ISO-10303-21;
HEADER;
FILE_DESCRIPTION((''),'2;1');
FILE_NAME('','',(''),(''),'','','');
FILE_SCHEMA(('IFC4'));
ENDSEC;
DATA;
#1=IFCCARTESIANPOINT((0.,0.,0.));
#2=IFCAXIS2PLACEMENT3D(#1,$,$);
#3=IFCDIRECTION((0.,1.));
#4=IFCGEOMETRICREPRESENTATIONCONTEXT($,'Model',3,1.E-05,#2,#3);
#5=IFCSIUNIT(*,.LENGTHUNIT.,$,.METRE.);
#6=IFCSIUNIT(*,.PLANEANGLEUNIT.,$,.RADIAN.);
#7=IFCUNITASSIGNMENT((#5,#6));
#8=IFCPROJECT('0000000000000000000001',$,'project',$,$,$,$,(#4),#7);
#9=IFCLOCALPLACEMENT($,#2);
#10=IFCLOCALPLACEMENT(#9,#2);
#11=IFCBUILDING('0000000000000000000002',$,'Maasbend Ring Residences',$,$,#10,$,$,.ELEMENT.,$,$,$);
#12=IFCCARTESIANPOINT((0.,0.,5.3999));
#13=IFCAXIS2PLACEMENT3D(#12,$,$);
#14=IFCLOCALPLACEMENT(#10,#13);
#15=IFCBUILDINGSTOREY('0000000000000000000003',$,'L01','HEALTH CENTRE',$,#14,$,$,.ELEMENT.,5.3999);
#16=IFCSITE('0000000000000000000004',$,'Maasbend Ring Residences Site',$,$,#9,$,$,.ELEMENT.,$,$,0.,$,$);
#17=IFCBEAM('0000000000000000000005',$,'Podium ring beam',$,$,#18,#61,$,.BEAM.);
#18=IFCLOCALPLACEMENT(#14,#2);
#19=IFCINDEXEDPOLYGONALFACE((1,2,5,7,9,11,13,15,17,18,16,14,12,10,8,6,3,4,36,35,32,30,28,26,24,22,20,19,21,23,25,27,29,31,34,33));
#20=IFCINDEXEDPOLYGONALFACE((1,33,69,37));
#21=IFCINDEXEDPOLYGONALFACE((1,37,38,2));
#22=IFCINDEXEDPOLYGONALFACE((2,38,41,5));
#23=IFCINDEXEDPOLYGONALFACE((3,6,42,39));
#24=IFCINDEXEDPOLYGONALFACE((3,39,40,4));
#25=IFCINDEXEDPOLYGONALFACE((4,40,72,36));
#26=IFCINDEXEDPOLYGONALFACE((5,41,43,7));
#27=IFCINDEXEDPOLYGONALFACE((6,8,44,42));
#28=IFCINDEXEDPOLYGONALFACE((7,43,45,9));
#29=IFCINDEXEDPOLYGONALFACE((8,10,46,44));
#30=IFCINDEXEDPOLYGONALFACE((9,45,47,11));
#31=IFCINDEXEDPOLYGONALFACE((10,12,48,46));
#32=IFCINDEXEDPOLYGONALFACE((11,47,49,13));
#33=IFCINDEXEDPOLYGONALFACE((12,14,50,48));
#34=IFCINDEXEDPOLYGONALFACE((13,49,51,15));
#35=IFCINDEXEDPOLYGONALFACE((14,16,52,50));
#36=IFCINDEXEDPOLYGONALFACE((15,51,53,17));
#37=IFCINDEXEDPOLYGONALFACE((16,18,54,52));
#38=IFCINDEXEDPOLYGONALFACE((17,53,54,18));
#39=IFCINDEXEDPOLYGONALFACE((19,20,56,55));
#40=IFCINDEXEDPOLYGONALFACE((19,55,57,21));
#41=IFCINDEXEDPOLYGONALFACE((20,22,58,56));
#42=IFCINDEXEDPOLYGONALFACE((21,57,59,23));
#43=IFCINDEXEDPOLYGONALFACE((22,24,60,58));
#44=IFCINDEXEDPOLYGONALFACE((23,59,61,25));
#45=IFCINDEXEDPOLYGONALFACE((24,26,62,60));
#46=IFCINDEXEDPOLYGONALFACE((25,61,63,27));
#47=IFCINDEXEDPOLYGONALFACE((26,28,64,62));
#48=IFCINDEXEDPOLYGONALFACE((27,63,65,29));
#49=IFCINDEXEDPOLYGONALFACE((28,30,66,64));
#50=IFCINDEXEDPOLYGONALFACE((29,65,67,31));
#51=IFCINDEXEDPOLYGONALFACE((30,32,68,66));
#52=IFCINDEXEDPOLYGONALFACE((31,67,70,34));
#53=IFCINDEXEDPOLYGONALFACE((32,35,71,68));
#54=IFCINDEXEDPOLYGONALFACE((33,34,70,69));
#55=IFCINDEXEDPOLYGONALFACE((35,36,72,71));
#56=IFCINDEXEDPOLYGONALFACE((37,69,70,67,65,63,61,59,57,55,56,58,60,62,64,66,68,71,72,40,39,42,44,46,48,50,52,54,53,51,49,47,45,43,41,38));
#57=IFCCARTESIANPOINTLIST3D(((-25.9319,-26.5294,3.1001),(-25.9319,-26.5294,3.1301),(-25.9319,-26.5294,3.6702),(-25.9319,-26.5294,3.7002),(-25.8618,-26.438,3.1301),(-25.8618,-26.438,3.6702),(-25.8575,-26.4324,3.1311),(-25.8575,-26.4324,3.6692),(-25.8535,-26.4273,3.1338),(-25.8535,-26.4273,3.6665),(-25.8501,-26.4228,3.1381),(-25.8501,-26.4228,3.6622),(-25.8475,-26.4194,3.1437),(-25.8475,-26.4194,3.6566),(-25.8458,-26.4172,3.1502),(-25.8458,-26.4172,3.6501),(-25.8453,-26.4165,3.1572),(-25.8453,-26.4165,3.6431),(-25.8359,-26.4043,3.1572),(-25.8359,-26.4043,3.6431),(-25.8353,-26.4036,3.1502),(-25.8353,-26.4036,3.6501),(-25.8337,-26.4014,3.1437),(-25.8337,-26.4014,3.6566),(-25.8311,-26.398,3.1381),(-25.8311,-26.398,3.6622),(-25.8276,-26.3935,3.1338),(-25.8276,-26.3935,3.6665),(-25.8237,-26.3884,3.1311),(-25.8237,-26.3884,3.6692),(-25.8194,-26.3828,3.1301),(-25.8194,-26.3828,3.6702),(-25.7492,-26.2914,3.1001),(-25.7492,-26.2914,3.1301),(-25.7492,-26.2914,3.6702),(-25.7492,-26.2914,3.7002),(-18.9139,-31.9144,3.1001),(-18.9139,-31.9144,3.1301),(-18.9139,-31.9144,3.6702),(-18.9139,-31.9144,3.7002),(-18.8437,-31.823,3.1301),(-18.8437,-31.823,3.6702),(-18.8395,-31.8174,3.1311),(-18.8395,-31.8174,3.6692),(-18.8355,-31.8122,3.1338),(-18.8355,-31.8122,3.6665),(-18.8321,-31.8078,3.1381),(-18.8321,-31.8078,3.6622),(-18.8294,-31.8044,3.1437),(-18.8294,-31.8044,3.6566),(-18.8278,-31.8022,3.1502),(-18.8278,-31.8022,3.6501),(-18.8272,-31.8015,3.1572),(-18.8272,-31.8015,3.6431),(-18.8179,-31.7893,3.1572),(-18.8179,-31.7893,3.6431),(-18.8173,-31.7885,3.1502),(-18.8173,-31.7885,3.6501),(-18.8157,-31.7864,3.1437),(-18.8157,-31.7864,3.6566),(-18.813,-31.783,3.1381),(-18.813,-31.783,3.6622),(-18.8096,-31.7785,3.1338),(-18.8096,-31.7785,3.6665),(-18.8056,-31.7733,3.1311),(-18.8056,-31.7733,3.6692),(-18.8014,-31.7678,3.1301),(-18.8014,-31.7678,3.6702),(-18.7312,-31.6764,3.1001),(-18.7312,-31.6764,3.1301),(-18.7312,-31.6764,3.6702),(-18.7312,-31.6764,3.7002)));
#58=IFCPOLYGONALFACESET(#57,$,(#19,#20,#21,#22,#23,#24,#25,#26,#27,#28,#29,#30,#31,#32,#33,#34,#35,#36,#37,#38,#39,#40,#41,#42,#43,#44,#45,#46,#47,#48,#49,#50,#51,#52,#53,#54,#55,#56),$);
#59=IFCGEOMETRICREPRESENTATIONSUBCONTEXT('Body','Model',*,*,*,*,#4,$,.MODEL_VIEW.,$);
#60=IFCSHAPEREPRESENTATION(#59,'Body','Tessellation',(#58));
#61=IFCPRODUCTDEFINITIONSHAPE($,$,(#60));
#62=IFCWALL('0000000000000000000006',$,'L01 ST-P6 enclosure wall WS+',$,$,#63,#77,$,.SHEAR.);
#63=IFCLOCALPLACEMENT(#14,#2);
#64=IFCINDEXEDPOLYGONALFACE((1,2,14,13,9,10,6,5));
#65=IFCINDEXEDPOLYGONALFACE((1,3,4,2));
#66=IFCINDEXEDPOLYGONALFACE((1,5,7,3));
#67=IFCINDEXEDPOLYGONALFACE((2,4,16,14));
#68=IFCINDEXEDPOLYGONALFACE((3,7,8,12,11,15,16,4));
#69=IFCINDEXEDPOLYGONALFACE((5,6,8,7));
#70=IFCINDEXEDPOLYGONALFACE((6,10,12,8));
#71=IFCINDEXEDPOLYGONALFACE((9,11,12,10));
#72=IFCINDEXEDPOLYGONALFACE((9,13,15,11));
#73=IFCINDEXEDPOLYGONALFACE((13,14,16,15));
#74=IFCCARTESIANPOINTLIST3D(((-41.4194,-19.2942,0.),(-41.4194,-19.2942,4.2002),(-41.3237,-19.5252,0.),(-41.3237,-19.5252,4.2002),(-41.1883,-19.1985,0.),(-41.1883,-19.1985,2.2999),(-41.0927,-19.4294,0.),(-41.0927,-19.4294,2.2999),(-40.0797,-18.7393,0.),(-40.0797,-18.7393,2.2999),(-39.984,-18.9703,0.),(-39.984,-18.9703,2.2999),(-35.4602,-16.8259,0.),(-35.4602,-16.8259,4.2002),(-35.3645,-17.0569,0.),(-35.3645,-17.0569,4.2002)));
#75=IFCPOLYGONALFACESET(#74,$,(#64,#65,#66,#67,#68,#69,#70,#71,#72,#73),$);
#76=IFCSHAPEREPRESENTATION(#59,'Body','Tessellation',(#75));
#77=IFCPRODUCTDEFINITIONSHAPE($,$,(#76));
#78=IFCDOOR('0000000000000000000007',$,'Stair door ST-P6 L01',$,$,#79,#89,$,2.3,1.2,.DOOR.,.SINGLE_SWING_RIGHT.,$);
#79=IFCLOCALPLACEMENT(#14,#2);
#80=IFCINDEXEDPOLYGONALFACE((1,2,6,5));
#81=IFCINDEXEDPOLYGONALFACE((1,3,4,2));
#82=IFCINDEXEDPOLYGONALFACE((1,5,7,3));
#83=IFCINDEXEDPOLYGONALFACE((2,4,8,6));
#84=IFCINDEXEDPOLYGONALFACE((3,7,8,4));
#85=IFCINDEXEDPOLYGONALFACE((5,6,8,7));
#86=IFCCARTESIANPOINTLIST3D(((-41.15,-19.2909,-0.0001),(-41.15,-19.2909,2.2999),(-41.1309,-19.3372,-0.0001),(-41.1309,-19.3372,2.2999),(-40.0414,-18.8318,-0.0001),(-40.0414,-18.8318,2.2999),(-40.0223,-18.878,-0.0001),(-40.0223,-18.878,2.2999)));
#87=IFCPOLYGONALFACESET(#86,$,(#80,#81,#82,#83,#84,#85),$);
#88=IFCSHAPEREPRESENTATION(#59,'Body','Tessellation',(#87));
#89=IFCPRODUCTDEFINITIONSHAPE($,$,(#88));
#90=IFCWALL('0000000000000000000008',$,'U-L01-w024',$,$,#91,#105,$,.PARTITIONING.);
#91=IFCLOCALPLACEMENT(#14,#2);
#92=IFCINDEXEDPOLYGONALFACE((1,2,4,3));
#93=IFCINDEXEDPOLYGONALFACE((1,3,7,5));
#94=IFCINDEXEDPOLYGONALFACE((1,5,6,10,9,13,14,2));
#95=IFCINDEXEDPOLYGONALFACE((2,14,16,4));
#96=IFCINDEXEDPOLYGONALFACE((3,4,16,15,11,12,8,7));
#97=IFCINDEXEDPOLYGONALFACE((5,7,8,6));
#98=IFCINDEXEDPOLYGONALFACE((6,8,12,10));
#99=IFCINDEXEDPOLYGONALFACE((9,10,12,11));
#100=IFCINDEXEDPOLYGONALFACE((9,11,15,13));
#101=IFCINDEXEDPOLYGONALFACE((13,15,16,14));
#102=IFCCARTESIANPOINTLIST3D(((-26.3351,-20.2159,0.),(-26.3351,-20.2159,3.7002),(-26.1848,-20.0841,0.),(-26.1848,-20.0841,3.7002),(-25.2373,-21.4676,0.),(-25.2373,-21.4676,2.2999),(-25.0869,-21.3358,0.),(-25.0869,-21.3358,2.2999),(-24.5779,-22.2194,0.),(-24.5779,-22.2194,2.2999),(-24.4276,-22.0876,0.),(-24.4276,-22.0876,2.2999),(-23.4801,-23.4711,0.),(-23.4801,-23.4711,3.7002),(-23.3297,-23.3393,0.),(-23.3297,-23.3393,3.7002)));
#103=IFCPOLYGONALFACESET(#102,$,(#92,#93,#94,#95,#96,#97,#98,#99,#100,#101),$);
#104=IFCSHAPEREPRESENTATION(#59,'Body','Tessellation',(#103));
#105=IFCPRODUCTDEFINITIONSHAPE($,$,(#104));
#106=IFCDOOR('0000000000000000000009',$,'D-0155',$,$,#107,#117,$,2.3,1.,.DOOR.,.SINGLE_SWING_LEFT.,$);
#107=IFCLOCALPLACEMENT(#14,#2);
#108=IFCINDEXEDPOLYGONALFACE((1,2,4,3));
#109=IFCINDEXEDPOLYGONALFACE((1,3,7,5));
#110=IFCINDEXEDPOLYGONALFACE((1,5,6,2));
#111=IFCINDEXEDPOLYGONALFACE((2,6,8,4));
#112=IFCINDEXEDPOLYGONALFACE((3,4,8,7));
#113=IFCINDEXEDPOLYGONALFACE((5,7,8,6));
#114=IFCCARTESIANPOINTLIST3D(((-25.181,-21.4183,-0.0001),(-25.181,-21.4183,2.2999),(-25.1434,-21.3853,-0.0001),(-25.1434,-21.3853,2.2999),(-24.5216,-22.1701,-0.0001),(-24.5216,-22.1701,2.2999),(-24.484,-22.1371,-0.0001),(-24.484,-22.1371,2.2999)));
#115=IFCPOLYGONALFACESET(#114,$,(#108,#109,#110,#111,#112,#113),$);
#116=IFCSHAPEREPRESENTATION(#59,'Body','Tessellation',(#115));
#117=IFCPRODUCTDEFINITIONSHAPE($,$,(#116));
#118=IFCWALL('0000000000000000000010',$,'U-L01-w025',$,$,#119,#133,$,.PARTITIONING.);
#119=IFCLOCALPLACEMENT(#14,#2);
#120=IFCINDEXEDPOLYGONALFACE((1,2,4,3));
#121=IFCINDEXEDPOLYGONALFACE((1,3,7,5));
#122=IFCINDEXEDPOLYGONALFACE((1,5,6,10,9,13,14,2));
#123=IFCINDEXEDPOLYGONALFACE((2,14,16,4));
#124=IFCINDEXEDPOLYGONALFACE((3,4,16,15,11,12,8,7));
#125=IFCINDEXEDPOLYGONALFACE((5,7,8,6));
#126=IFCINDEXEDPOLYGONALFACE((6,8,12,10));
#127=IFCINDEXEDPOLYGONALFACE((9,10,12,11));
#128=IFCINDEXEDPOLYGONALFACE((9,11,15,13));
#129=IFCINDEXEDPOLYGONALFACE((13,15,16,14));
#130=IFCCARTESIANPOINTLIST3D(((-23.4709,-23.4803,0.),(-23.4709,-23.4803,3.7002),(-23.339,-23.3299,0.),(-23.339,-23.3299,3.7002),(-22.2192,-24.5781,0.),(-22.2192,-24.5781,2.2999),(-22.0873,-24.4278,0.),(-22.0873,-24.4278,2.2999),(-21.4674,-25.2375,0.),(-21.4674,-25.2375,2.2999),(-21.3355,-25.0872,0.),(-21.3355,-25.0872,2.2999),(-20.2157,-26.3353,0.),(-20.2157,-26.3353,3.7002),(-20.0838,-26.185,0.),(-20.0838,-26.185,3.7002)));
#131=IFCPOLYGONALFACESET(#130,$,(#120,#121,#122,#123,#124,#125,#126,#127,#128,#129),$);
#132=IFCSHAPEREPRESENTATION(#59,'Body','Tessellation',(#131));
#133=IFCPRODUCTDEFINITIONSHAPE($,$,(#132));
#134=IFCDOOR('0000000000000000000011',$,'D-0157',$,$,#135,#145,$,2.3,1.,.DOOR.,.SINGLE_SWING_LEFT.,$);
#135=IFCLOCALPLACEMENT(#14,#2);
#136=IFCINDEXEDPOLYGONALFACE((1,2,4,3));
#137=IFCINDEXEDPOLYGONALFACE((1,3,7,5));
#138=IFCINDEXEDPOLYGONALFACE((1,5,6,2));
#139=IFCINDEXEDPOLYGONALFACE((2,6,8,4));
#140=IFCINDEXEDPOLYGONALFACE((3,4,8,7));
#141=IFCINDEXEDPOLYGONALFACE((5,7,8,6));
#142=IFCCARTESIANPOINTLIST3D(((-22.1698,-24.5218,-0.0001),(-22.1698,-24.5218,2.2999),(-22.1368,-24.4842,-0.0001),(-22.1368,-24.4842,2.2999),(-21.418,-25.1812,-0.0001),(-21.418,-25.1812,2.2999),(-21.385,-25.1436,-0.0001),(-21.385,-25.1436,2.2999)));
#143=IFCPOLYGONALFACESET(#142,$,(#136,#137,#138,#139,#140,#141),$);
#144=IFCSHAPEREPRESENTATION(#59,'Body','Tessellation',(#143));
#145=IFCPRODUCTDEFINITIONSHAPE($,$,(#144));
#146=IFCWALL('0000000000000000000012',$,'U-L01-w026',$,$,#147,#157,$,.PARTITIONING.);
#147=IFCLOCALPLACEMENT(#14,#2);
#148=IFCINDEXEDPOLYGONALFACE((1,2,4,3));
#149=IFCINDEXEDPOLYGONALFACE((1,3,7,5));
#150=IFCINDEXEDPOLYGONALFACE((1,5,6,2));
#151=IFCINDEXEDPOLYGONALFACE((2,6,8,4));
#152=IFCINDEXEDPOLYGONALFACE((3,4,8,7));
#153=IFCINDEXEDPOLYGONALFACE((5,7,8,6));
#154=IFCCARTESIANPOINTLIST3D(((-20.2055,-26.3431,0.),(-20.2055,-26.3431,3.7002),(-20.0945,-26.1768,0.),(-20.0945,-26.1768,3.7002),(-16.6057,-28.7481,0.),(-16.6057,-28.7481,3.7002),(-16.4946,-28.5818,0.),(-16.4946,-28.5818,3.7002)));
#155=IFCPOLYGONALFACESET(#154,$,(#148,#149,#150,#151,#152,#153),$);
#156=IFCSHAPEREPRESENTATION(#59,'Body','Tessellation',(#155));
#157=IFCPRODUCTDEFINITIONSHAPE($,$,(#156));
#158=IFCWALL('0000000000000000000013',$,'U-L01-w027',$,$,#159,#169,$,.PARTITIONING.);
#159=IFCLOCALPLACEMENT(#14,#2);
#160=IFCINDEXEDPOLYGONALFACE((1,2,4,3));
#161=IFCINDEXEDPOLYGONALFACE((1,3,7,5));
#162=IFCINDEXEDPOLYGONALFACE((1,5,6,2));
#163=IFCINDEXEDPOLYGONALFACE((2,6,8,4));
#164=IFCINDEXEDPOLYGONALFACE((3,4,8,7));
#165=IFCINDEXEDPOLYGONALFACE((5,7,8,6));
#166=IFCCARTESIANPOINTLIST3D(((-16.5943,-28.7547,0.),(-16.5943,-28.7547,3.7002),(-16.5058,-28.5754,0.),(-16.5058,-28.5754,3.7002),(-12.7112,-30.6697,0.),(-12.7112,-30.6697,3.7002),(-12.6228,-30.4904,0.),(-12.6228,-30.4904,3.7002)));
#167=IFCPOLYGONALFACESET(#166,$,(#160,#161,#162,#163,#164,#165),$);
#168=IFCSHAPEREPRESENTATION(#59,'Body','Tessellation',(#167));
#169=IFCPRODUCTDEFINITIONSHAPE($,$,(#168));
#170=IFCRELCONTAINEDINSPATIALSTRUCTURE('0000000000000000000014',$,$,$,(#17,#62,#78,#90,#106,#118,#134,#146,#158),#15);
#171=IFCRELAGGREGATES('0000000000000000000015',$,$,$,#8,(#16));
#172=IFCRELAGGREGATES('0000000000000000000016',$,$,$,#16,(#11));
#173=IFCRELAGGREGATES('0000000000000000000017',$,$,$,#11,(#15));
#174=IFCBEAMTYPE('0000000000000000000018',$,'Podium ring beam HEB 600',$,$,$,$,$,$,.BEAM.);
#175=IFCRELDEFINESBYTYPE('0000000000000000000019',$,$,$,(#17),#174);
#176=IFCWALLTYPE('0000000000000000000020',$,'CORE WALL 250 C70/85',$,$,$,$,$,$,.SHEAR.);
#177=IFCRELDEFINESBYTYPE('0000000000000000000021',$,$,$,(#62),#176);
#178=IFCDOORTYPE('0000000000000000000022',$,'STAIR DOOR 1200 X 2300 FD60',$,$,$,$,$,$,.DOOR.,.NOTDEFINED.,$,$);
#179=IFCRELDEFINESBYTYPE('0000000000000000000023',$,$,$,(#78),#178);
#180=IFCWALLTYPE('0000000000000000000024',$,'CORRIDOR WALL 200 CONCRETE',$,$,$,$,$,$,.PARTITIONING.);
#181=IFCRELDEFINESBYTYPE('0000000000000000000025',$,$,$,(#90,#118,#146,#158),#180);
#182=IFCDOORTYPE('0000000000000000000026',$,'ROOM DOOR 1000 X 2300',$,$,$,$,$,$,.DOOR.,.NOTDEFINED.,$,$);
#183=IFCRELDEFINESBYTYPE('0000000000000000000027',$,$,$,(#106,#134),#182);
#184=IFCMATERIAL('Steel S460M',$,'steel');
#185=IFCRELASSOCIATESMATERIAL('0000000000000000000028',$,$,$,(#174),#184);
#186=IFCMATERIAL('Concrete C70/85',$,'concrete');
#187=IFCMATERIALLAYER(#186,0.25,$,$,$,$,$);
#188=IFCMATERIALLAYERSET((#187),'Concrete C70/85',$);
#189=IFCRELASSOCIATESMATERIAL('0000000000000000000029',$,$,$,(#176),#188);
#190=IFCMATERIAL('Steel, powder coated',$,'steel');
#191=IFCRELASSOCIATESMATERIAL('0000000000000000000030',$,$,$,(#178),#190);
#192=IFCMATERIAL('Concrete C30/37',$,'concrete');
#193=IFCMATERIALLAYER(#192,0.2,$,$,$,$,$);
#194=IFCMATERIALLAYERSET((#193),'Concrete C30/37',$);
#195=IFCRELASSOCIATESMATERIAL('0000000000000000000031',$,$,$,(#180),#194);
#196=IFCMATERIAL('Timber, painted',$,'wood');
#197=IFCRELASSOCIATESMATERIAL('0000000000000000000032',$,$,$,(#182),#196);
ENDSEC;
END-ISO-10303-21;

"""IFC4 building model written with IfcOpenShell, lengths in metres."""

from ifc_helpers import new_model, si_unit, direction, frame, frame_2d, origin, origin_2d, place, context, subcontext, project, spatial, rectangle, i_section, extrude, material, layer, layer_set, material_profile, profile_set, type_object, element, fill, save


model = new_model("IFC4")

# Units and contexts
model_context = context("Model", 3, precision=1e-05, world=origin(), true_north=direction((0.0, 1.0)))
body_context = subcontext(model_context, "Body", "Model", "MODEL_VIEW")
ifc_project = project(units=[si_unit("LENGTHUNIT", "METRE"), si_unit("PLANEANGLEUNIT", "RADIAN")], contexts=[model_context])

# Site, building, storey
site_placement = place(None, origin())
site = spatial("IfcSite", under=ifc_project, at=site_placement, Name="Maasbend Ring Residences Site", CompositionType="ELEMENT", RefElevation=0.0)
building_placement = place(site_placement, origin())
building = spatial("IfcBuilding", under=site, at=building_placement, Name="Maasbend Ring Residences", CompositionType="ELEMENT")
storey_placement = place(building_placement, frame((0.0, 0.0, 5.3999)))
storey = spatial("IfcBuildingStorey", under=building, at=storey_placement, Name="L01", Description="HEALTH CENTRE", CompositionType="ELEMENT", Elevation=5.3999)

# Beam
ifc_material_1 = material(Name="Steel S460M", Category="steel")
ifc_material_profile_1 = material_profile(ifc_material_1, i_section(OverallWidth=0.3, OverallDepth=0.6001, WebThickness=0.0154, FlangeThickness=0.03, FilletRadius=0.0271, at=origin_2d()), Name="HEB 600")
ifc_profile_set_1 = profile_set([ifc_material_profile_1], Name="Steel S460M")
beam_type_1 = type_object("IfcBeamType", Name="Podium ring beam HEB 600", PredefinedType="BEAM", material=ifc_profile_set_1)
for number, where, z_axis, x_axis, name in (
    (1, (-25.8406, -26.4104, 3.4001), (0.793361, -0.608751, 0.0), (0.608751, 0.793361, 0.0), "Podium ring beam"),
):
    element("IfcBeam", number, at=place(storey_placement, frame(where, z_axis=z_axis, x_axis=x_axis)), inside=storey, type_object=beam_type_1, Name=name, PredefinedType="BEAM", context=body_context, shape_type="SweptSolid", body=[
        extrude(i_section(OverallWidth=0.3, OverallDepth=0.6001, WebThickness=0.0154, FlangeThickness=0.03, FilletRadius=0.0271, at=origin_2d()), origin(), (0.0, 0.0, 1.0), 8.8459),
    ])

# Walls, openings, doors
ifc_material_2 = material(Name="Concrete C70/85", Category="concrete")
ifc_layer_1 = layer(ifc_material_2, 0.25)
ifc_layer_set_1 = layer_set([ifc_layer_1], Name="Concrete C70/85")
wall_type_1 = type_object("IfcWallType", Name="CORE WALL 250 C70/85", PredefinedType="SHEAR", material=ifc_layer_set_1)
wall_1_placement = place(storey_placement, frame((-41.3716, -19.4097, 0.0), z_axis=(0.0, 0.0, 1.0), x_axis=(0.923887, 0.382666, 0.0)))
wall_1 = element("IfcWall", 2, at=wall_1_placement, inside=storey, type_object=wall_type_1, Name="L01 ST-P6 enclosure wall WS+", PredefinedType="SHEAR", context=body_context, shape_type="SweptSolid", body=[
    extrude(rectangle(XDim=6.4502, YDim=0.25, at=frame_2d((3.2251, 0.0))), origin(), (0.0, 0.0, 1.0), 4.2002),
])
opening_1_placement = place(wall_1_placement, frame((0.25, 0.0, 0.0)))
opening_1 = element("IfcOpeningElement", 3, at=opening_1_placement, cuts=wall_1, PredefinedType="OPENING", context=body_context, shape_type="SweptSolid", body=[
    extrude(rectangle(XDim=1.2, YDim=2.3, at=frame_2d((0.6001, 1.1499))), frame((0.0, 0.135, 0.0), z_axis=(0.0, -1.0, 0.0), x_axis=(1.0, 0.0, 0.0)), (0.0, 0.0, 1.0), 0.27),
])
ifc_material_3 = material(Name="Steel, powder coated", Category="steel")
door_type_1 = type_object("IfcDoorType", Name="STAIR DOOR 1200 X 2300 FD60", OperationType="NOTDEFINED", PredefinedType="DOOR", material=ifc_material_3)
door_1_placement = place(opening_1_placement, origin())
door_1 = element("IfcDoor", 4, at=door_1_placement, inside=storey, type_object=door_type_1, Name="Stair door ST-P6 L01", OperationType="SINGLE_SWING_RIGHT", OverallHeight=2.3, OverallWidth=1.2, PredefinedType="DOOR", context=body_context, shape_type="SweptSolid", body=[
    extrude(rectangle(XDim=1.2, YDim=2.3, at=frame_2d((0.6001, 1.1499))), frame((0.0, 0.0249, 0.0), z_axis=(0.0, -1.0, 0.0), x_axis=(1.0, 0.0, 0.0)), (0.0, 0.0, 1.0), 0.05),
])
fill(opening_1, door_1)
ifc_material_4 = material(Name="Concrete C30/37", Category="concrete")
ifc_layer_2 = layer(ifc_material_4, 0.2)
ifc_layer_set_2 = layer_set([ifc_layer_2], Name="Concrete C30/37")
wall_type_2 = type_object("IfcWallType", Name="CORRIDOR WALL 200 CONCRETE", PredefinedType="PARTITIONING", material=ifc_layer_set_2)
wall_2_placement = place(storey_placement, frame((-26.26, -20.1499, 0.0), z_axis=(0.0, 0.0, 1.0), x_axis=(0.659386, -0.751804, 0.0)))
wall_2 = element("IfcWall", 5, at=wall_2_placement, inside=storey, type_object=wall_type_2, Name="U-L01-w024", PredefinedType="PARTITIONING", context=body_context, shape_type="SweptSolid", body=[
    extrude(rectangle(XDim=4.3298, YDim=0.2, at=frame_2d((2.165, 0.0))), origin(), (0.0, 0.0, 1.0), 3.7002),
])
opening_2_placement = place(wall_2_placement, frame((1.665, 0.0, 0.0)))
opening_2 = element("IfcOpeningElement", 6, at=opening_2_placement, cuts=wall_2, PredefinedType="OPENING", context=body_context, shape_type="SweptSolid", body=[
    extrude(rectangle(XDim=1.0, YDim=2.3, at=frame_2d((0.5, 1.1499))), frame((0.0, 0.1099, 0.0), z_axis=(0.0, -1.0, 0.0), x_axis=(1.0, 0.0, 0.0)), (0.0, 0.0, 1.0), 0.22),
])
ifc_material_5 = material(Name="Timber, painted", Category="wood")
door_type_2 = type_object("IfcDoorType", Name="ROOM DOOR 1000 X 2300", OperationType="NOTDEFINED", PredefinedType="DOOR", material=ifc_material_5)
door_2_placement = place(opening_2_placement, origin())
door_2 = element("IfcDoor", 7, at=door_2_placement, inside=storey, type_object=door_type_2, Name="D-0155", OperationType="SINGLE_SWING_LEFT", OverallHeight=2.3, OverallWidth=1.0, PredefinedType="DOOR", context=body_context, shape_type="SweptSolid", body=[
    extrude(rectangle(XDim=1.0, YDim=2.3, at=frame_2d((0.5, 1.1499))), frame((0.0, 0.0249, 0.0), z_axis=(0.0, -1.0, 0.0), x_axis=(1.0, 0.0, 0.0)), (0.0, 0.0, 1.0), 0.05),
])
fill(opening_2, door_2)
wall_3_placement = place(storey_placement, frame((-23.405, -23.405, 0.0), z_axis=(0.0, 0.0, 1.0), x_axis=(0.751804, -0.659386, 0.0)))
wall_3 = element("IfcWall", 8, at=wall_3_placement, inside=storey, type_object=wall_type_2, Name="U-L01-w025", PredefinedType="PARTITIONING", context=body_context, shape_type="SweptSolid", body=[
    extrude(rectangle(XDim=4.3298, YDim=0.2, at=frame_2d((2.165, 0.0))), origin(), (0.0, 0.0, 1.0), 3.7002),
])
opening_3_placement = place(wall_3_placement, frame((1.665, 0.0, 0.0)))
opening_3 = element("IfcOpeningElement", 9, at=opening_3_placement, cuts=wall_3, PredefinedType="OPENING", context=body_context, shape_type="SweptSolid", body=[
    extrude(rectangle(XDim=1.0, YDim=2.3, at=frame_2d((0.5, 1.1499))), frame((0.0, 0.1099, 0.0), z_axis=(0.0, -1.0, 0.0), x_axis=(1.0, 0.0, 0.0)), (0.0, 0.0, 1.0), 0.22),
])
door_3_placement = place(opening_3_placement, origin())
door_3 = element("IfcDoor", 10, at=door_3_placement, inside=storey, type_object=door_type_2, Name="D-0157", OperationType="SINGLE_SWING_LEFT", OverallHeight=2.3, OverallWidth=1.0, PredefinedType="DOOR", context=body_context, shape_type="SweptSolid", body=[
    extrude(rectangle(XDim=1.0, YDim=2.3, at=frame_2d((0.5, 1.1499))), frame((0.0, 0.0249, 0.0), z_axis=(0.0, -1.0, 0.0), x_axis=(1.0, 0.0, 0.0)), (0.0, 0.0, 1.0), 0.05),
])
fill(opening_3, door_3)

# Walls
wall_4_placement = place(storey_placement, frame((-20.1499, -26.26, 0.0), z_axis=(0.0, 0.0, 1.0), x_axis=(0.831503, -0.55552, 0.0)))
element("IfcWall", 11, at=wall_4_placement, inside=storey, type_object=wall_type_2, Name="U-L01-w026", PredefinedType="PARTITIONING", context=body_context, shape_type="SweptSolid", body=[
    extrude(rectangle(XDim=4.3293, YDim=0.2, at=frame_2d((2.1646, 0.0))), origin(), (0.0, 0.0, 1.0), 3.7002),
])
wall_5_placement = place(storey_placement, frame((-16.55, -28.665, 0.0), z_axis=(0.0, 0.0, 1.0), x_axis=(0.896861, -0.442312, 0.0)))
element("IfcWall", 12, at=wall_5_placement, inside=storey, type_object=wall_type_2, Name="U-L01-w027", PredefinedType="PARTITIONING", context=body_context, shape_type="SweptSolid", body=[
    extrude(rectangle(XDim=4.3296, YDim=0.2, at=frame_2d((2.1648, 0.0))), origin(), (0.0, 0.0, 1.0), 3.7002),
])

save(model, "model.ifc")
